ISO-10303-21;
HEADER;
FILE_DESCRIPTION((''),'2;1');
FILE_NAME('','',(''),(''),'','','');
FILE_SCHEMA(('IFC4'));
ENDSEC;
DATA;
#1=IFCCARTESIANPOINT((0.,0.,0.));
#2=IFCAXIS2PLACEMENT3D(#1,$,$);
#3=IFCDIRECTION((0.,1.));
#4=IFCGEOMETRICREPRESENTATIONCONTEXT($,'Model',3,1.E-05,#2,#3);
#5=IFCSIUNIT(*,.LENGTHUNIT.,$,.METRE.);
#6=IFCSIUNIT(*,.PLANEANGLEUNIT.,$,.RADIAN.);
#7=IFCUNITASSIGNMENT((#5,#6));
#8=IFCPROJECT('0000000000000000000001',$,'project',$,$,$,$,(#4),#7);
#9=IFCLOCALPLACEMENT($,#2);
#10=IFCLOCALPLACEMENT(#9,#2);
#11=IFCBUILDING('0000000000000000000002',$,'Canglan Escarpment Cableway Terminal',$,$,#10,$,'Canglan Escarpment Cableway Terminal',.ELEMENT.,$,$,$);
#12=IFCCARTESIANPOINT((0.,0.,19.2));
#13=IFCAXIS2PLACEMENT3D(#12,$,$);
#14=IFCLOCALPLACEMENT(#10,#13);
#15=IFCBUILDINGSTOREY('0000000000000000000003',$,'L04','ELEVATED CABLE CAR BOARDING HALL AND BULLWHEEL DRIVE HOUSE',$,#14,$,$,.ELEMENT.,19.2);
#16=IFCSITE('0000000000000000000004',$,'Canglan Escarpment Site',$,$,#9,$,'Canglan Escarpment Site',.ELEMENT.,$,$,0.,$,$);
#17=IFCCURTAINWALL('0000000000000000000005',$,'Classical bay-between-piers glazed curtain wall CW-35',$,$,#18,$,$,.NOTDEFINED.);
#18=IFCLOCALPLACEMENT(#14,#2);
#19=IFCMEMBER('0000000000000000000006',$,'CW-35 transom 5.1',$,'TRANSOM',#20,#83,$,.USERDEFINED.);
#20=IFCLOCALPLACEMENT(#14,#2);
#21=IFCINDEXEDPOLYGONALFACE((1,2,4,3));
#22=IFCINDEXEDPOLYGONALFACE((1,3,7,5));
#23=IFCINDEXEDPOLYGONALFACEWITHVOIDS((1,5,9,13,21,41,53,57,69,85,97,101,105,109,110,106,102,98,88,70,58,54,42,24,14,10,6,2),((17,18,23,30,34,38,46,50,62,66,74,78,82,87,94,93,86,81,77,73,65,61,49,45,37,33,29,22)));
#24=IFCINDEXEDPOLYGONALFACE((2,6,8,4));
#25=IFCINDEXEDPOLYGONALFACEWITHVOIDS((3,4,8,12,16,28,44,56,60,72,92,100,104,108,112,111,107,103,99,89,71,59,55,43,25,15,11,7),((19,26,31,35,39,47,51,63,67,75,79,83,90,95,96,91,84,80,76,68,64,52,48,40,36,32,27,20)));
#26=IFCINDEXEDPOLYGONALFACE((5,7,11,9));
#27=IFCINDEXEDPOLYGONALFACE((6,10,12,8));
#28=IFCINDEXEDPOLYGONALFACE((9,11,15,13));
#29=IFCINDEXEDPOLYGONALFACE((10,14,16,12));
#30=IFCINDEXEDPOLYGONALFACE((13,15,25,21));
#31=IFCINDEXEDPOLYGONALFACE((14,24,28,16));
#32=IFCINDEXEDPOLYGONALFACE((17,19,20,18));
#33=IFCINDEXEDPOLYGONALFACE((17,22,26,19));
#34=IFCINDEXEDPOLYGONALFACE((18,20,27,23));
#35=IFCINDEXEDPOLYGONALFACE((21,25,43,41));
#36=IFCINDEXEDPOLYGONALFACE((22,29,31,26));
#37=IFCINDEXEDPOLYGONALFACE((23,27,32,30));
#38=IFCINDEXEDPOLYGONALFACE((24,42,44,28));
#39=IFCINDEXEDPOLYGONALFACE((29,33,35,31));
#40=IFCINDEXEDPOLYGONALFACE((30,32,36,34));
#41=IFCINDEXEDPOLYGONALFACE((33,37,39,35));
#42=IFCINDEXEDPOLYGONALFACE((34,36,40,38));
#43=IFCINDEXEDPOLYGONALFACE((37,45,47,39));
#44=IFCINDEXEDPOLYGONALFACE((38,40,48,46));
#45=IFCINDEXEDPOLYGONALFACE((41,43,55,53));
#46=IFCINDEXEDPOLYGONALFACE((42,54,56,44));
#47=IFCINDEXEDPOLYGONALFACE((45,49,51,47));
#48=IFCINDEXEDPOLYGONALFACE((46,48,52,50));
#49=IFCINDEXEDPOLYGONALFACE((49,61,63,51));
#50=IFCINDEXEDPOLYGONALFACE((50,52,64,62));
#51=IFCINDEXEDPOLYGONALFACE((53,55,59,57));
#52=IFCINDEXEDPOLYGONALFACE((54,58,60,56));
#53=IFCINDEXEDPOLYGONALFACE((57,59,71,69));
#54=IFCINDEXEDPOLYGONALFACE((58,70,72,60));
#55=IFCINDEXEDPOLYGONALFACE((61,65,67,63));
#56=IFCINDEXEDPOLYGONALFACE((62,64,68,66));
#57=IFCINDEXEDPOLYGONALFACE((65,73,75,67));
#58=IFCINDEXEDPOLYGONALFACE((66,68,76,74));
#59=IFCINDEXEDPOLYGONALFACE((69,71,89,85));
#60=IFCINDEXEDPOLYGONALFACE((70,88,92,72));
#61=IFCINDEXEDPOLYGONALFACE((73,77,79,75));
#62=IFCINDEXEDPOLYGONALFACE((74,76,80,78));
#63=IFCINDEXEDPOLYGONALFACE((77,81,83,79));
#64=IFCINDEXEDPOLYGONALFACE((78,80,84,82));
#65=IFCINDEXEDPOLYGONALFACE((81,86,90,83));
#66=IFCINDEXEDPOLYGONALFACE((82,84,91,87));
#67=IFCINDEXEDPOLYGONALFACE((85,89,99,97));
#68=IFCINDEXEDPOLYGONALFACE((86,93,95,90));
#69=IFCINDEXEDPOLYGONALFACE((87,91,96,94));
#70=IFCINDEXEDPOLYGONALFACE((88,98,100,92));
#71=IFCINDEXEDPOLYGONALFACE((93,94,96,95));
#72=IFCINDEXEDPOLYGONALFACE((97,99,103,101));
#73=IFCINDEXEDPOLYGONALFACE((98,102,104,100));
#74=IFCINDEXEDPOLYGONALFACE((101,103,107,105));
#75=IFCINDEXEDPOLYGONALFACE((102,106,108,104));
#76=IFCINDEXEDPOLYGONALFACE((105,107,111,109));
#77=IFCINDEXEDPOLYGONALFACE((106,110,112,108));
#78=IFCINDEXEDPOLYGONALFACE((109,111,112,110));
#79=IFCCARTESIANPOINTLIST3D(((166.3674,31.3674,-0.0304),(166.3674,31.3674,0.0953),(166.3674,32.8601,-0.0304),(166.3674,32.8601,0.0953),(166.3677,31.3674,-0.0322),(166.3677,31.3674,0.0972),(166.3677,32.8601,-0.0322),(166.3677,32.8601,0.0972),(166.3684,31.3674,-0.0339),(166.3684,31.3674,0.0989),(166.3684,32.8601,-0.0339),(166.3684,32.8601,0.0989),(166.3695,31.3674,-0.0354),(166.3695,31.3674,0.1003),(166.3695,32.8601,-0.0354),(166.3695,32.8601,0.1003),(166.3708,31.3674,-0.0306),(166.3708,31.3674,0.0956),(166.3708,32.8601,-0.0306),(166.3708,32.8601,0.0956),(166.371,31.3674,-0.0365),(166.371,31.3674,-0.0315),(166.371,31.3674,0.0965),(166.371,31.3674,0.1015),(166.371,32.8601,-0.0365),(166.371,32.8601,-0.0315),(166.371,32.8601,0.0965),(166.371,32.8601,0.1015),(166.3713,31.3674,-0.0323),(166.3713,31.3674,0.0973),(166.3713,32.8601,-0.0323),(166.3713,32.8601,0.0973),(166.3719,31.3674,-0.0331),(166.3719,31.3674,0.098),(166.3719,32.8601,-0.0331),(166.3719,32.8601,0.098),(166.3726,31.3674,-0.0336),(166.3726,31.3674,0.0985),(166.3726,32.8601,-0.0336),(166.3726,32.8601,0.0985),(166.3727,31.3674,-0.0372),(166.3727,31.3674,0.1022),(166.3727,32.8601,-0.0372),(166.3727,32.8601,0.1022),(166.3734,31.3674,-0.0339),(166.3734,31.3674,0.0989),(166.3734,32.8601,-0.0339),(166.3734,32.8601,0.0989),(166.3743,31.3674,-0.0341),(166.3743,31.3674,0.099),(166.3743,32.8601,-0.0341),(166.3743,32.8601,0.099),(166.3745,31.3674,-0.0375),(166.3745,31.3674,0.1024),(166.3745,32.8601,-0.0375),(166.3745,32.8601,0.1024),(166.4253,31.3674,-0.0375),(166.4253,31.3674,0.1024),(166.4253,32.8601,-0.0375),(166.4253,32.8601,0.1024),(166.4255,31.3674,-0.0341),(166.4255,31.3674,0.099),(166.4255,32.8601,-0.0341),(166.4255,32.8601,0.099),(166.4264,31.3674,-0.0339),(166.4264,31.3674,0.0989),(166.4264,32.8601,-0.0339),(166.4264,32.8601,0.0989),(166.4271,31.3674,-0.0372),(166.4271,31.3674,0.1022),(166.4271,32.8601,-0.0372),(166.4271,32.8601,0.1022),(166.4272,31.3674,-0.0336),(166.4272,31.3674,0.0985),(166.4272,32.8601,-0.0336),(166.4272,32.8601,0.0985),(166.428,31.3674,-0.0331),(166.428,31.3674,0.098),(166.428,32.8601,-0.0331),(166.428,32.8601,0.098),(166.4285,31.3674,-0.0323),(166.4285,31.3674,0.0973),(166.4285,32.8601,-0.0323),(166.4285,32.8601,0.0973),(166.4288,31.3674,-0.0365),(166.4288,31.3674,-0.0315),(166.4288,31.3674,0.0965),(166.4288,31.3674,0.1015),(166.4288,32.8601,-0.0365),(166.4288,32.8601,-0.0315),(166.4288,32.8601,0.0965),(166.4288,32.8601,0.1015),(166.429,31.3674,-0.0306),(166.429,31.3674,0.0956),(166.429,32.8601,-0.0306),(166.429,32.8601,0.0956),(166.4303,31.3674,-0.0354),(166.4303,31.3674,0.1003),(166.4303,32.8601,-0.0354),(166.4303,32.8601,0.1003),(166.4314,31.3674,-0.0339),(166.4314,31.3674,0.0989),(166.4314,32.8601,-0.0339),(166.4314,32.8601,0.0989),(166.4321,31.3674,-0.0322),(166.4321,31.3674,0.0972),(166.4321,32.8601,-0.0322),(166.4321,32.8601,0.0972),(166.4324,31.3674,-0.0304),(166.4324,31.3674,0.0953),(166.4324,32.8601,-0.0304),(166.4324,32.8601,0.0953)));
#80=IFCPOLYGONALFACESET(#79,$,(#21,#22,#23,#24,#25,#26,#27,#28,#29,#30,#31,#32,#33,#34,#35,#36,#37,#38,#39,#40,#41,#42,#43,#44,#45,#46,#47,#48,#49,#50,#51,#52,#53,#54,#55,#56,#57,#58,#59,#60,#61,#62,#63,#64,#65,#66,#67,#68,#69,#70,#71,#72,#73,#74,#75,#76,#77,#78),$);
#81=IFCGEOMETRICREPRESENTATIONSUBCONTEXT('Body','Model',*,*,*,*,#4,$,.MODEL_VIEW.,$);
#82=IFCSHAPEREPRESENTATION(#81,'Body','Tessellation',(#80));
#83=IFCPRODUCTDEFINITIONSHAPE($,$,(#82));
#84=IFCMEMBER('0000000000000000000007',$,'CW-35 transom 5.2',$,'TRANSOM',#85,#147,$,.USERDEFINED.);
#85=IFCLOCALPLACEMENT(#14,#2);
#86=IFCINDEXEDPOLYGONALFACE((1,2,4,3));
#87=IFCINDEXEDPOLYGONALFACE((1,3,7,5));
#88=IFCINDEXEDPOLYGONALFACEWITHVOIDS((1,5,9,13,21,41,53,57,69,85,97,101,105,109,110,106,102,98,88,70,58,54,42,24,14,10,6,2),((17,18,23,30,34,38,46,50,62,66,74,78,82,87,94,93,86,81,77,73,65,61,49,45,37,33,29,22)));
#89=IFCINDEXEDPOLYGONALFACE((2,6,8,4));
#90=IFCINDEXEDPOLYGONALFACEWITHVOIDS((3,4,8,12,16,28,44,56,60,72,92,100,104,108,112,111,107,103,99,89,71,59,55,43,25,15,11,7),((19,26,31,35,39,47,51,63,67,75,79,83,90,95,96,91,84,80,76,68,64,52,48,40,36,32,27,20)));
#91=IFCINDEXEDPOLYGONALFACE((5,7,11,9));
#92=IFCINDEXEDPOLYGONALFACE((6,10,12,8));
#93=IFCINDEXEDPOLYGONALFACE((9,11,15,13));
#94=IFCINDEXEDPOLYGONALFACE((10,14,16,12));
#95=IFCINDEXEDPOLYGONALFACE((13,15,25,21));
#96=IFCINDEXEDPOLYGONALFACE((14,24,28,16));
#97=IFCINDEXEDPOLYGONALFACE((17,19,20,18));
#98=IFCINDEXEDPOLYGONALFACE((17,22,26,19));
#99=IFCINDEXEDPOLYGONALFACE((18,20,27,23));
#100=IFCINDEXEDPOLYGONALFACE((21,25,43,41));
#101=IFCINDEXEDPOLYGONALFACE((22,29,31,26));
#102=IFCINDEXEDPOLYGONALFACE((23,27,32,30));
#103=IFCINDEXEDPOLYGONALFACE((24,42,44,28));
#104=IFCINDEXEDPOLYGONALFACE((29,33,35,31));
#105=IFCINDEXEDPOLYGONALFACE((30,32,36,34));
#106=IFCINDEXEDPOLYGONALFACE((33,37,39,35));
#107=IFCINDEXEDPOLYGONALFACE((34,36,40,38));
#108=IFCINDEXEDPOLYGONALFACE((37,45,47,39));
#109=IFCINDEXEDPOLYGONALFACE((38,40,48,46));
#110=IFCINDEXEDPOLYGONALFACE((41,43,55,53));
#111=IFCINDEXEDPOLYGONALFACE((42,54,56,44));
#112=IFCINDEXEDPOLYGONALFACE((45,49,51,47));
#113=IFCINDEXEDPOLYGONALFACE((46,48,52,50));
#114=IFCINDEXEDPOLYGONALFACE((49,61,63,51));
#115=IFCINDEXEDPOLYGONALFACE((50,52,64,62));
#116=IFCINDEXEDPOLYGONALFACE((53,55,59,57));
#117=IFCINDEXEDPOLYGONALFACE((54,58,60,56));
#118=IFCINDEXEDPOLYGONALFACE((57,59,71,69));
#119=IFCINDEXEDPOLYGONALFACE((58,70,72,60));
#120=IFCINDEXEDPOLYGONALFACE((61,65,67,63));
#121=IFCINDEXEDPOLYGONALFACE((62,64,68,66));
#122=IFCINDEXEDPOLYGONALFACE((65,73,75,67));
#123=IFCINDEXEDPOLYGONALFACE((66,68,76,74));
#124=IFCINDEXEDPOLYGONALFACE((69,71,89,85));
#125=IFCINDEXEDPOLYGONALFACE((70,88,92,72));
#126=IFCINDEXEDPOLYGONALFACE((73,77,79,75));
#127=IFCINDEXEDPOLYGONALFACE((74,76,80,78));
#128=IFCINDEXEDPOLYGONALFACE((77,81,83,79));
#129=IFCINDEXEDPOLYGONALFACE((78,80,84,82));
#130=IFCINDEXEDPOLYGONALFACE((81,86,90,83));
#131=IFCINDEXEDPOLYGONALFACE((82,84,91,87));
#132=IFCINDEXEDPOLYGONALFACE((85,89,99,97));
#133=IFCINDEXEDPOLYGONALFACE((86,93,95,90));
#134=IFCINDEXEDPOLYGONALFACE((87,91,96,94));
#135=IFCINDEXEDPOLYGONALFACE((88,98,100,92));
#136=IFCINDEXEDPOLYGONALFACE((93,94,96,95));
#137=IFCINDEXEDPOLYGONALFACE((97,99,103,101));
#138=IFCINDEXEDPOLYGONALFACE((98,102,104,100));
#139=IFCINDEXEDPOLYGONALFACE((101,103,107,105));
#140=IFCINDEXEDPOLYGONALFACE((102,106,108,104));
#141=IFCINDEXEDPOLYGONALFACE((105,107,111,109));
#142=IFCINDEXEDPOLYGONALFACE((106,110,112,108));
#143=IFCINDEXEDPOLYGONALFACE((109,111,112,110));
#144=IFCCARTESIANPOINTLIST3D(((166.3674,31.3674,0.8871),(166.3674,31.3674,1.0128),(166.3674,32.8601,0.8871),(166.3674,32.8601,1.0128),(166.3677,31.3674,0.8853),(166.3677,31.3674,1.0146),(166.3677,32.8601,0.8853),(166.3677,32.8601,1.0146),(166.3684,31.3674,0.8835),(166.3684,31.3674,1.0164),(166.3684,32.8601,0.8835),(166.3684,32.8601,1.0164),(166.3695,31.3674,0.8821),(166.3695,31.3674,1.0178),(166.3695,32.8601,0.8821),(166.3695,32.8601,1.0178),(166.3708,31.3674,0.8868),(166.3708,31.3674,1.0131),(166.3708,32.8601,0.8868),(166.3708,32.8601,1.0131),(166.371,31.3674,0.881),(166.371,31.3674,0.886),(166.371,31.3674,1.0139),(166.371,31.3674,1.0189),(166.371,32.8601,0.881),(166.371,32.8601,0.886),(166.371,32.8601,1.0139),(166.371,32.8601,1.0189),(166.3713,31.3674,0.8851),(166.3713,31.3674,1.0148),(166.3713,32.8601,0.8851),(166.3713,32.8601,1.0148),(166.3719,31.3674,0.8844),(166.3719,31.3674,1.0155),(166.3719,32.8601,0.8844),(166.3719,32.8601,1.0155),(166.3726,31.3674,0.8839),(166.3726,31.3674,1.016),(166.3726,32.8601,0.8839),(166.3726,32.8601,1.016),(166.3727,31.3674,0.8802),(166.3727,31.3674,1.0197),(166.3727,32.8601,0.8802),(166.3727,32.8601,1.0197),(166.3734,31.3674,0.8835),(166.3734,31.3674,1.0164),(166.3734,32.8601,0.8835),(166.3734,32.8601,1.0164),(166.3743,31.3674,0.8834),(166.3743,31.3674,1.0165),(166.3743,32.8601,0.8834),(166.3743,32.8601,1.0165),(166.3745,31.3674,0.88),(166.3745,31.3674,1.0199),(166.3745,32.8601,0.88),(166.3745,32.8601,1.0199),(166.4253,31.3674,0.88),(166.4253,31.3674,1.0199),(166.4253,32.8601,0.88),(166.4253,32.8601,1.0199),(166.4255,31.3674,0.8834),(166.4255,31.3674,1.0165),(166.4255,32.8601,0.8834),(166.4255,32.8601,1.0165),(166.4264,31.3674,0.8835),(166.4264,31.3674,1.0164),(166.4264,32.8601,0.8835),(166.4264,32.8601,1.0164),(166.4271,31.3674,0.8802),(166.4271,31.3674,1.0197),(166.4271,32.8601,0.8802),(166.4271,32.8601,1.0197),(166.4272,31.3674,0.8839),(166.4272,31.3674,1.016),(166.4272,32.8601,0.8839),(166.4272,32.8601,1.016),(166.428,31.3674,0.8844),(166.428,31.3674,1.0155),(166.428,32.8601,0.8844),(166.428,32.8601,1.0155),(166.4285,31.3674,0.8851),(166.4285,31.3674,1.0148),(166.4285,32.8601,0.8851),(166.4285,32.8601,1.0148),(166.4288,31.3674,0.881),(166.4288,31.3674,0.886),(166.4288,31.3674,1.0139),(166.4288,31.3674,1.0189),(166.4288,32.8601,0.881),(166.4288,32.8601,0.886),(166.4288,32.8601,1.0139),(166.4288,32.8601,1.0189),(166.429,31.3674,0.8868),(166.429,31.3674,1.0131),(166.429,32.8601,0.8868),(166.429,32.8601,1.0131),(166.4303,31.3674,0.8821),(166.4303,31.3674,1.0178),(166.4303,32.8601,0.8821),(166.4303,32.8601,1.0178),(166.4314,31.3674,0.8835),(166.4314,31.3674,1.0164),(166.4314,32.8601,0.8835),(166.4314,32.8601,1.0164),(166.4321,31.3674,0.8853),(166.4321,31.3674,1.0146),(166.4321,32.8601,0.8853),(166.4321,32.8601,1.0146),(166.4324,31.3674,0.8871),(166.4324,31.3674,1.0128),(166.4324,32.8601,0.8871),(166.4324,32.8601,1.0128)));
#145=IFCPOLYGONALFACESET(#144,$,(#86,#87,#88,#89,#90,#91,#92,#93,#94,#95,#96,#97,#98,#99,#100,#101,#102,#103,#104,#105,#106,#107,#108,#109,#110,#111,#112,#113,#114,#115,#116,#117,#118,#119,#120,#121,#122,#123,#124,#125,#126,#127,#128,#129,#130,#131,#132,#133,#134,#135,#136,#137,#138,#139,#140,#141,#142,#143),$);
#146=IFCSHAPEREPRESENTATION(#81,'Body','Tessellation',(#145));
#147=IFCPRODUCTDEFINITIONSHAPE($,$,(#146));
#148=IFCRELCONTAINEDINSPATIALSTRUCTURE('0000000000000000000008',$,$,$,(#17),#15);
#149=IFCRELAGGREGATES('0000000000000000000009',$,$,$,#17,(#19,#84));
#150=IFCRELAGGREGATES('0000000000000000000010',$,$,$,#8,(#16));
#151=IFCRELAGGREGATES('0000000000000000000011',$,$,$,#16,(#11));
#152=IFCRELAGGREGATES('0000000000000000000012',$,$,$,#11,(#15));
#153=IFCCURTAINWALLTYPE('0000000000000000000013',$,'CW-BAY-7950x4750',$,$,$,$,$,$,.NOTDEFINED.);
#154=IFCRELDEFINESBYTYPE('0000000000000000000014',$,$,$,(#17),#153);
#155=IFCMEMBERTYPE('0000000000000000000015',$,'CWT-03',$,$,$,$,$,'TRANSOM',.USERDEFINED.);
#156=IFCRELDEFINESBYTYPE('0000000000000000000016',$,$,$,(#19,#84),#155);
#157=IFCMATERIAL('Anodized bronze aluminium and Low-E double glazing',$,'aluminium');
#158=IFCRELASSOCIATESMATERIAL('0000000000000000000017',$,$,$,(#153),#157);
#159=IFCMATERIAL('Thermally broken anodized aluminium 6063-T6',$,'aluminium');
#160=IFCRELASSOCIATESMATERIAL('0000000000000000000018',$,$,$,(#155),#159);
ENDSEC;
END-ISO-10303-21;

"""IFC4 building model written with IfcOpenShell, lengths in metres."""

from ifc_helpers import new_model, si_unit, direction, frame, origin, origin_2d, place, context, subcontext, project, spatial, hollow_rectangle, extrude, material, material_profile, profile_set, type_object, element, aggregate, save


model = new_model("IFC4")

# Units and contexts
model_context = context("Model", 3, precision=1e-05, world=origin(), true_north=direction((0.0, 1.0)))
body_context = subcontext(model_context, "Body", "Model", "MODEL_VIEW")
ifc_project = project(units=[si_unit("LENGTHUNIT", "METRE"), si_unit("PLANEANGLEUNIT", "RADIAN")], contexts=[model_context])

# Site, building, storey
site_placement = place(None, origin())
site = spatial("IfcSite", under=ifc_project, at=site_placement, Name="Canglan Escarpment Site", LongName="Canglan Escarpment Site", CompositionType="ELEMENT", RefElevation=0.0)
building_placement = place(site_placement, origin())
building = spatial("IfcBuilding", under=site, at=building_placement, Name="Canglan Escarpment Cableway Terminal", LongName="Canglan Escarpment Cableway Terminal", CompositionType="ELEMENT")
storey_placement = place(building_placement, frame((0.0, 0.0, 19.2)))
storey = spatial("IfcBuildingStorey", under=building, at=storey_placement, Name="L04", Description="ELEVATED CABLE CAR BOARDING HALL AND BULLWHEEL DRIVE HOUSE", CompositionType="ELEMENT", Elevation=19.2)

# Curtain wall, members
ifc_material_1 = material(Name="Anodized bronze aluminium and Low-E double glazing", Category="aluminium")
curtain_wall_type = type_object("IfcCurtainWallType", Name="CW-BAY-7950x4750", PredefinedType="NOTDEFINED", material=ifc_material_1)
curtain_wall_placement = place(storey_placement, origin())
curtain_wall = element("IfcCurtainWall", 1, at=curtain_wall_placement, inside=storey, type_object=curtain_wall_type, Name="Classical bay-between-piers glazed curtain wall CW-35", PredefinedType="NOTDEFINED")
ifc_material_2 = material(Name="Thermally broken anodized aluminium 6063-T6", Category="aluminium")
ifc_material_profile_1 = material_profile(ifc_material_2, hollow_rectangle(XDim=0.0649, YDim=0.1399, WallThickness=0.0034, InnerFilletRadius=0.0034, OuterFilletRadius=0.0071, at=origin_2d()), Name="ALU-TRAN 65x140x3.5")
ifc_profile_set_1 = profile_set([ifc_material_profile_1], Name="Thermally broken anodized aluminium 6063-T6")
member_type_1 = type_object("IfcMemberType", Name="CWT-03", ElementType="TRANSOM", PredefinedType="USERDEFINED", material=ifc_profile_set_1)
member_1_placement = place(storey_placement, frame((166.3999, 31.3674, 0.0325), z_axis=(0.0, 1.0, 0.0), x_axis=(-1.0, 0.0, 0.0)))
member_1 = element("IfcMember", 2, at=member_1_placement, type_object=member_type_1, Name="CW-35 transom 5.1", ObjectType="TRANSOM", PredefinedType="USERDEFINED", context=body_context, shape_type="SweptSolid", body=[
    extrude(hollow_rectangle(XDim=0.0649, YDim=0.1399, WallThickness=0.0034, InnerFilletRadius=0.0034, OuterFilletRadius=0.0071, at=origin_2d()), origin(), (0.0, 0.0, 1.0), 1.4927),
])
member_2_placement = place(storey_placement, frame((166.3999, 31.3674, 0.95), z_axis=(0.0, 1.0, 0.0), x_axis=(-1.0, 0.0, 0.0)))
member_2 = element("IfcMember", 3, at=member_2_placement, type_object=member_type_1, Name="CW-35 transom 5.2", ObjectType="TRANSOM", PredefinedType="USERDEFINED", context=body_context, shape_type="SweptSolid", body=[
    extrude(hollow_rectangle(XDim=0.0649, YDim=0.1399, WallThickness=0.0034, InnerFilletRadius=0.0034, OuterFilletRadius=0.0071, at=origin_2d()), origin(), (0.0, 0.0, 1.0), 1.4927),
])
aggregate(curtain_wall, [member_1, member_2])

save(model, "model.ifc")
